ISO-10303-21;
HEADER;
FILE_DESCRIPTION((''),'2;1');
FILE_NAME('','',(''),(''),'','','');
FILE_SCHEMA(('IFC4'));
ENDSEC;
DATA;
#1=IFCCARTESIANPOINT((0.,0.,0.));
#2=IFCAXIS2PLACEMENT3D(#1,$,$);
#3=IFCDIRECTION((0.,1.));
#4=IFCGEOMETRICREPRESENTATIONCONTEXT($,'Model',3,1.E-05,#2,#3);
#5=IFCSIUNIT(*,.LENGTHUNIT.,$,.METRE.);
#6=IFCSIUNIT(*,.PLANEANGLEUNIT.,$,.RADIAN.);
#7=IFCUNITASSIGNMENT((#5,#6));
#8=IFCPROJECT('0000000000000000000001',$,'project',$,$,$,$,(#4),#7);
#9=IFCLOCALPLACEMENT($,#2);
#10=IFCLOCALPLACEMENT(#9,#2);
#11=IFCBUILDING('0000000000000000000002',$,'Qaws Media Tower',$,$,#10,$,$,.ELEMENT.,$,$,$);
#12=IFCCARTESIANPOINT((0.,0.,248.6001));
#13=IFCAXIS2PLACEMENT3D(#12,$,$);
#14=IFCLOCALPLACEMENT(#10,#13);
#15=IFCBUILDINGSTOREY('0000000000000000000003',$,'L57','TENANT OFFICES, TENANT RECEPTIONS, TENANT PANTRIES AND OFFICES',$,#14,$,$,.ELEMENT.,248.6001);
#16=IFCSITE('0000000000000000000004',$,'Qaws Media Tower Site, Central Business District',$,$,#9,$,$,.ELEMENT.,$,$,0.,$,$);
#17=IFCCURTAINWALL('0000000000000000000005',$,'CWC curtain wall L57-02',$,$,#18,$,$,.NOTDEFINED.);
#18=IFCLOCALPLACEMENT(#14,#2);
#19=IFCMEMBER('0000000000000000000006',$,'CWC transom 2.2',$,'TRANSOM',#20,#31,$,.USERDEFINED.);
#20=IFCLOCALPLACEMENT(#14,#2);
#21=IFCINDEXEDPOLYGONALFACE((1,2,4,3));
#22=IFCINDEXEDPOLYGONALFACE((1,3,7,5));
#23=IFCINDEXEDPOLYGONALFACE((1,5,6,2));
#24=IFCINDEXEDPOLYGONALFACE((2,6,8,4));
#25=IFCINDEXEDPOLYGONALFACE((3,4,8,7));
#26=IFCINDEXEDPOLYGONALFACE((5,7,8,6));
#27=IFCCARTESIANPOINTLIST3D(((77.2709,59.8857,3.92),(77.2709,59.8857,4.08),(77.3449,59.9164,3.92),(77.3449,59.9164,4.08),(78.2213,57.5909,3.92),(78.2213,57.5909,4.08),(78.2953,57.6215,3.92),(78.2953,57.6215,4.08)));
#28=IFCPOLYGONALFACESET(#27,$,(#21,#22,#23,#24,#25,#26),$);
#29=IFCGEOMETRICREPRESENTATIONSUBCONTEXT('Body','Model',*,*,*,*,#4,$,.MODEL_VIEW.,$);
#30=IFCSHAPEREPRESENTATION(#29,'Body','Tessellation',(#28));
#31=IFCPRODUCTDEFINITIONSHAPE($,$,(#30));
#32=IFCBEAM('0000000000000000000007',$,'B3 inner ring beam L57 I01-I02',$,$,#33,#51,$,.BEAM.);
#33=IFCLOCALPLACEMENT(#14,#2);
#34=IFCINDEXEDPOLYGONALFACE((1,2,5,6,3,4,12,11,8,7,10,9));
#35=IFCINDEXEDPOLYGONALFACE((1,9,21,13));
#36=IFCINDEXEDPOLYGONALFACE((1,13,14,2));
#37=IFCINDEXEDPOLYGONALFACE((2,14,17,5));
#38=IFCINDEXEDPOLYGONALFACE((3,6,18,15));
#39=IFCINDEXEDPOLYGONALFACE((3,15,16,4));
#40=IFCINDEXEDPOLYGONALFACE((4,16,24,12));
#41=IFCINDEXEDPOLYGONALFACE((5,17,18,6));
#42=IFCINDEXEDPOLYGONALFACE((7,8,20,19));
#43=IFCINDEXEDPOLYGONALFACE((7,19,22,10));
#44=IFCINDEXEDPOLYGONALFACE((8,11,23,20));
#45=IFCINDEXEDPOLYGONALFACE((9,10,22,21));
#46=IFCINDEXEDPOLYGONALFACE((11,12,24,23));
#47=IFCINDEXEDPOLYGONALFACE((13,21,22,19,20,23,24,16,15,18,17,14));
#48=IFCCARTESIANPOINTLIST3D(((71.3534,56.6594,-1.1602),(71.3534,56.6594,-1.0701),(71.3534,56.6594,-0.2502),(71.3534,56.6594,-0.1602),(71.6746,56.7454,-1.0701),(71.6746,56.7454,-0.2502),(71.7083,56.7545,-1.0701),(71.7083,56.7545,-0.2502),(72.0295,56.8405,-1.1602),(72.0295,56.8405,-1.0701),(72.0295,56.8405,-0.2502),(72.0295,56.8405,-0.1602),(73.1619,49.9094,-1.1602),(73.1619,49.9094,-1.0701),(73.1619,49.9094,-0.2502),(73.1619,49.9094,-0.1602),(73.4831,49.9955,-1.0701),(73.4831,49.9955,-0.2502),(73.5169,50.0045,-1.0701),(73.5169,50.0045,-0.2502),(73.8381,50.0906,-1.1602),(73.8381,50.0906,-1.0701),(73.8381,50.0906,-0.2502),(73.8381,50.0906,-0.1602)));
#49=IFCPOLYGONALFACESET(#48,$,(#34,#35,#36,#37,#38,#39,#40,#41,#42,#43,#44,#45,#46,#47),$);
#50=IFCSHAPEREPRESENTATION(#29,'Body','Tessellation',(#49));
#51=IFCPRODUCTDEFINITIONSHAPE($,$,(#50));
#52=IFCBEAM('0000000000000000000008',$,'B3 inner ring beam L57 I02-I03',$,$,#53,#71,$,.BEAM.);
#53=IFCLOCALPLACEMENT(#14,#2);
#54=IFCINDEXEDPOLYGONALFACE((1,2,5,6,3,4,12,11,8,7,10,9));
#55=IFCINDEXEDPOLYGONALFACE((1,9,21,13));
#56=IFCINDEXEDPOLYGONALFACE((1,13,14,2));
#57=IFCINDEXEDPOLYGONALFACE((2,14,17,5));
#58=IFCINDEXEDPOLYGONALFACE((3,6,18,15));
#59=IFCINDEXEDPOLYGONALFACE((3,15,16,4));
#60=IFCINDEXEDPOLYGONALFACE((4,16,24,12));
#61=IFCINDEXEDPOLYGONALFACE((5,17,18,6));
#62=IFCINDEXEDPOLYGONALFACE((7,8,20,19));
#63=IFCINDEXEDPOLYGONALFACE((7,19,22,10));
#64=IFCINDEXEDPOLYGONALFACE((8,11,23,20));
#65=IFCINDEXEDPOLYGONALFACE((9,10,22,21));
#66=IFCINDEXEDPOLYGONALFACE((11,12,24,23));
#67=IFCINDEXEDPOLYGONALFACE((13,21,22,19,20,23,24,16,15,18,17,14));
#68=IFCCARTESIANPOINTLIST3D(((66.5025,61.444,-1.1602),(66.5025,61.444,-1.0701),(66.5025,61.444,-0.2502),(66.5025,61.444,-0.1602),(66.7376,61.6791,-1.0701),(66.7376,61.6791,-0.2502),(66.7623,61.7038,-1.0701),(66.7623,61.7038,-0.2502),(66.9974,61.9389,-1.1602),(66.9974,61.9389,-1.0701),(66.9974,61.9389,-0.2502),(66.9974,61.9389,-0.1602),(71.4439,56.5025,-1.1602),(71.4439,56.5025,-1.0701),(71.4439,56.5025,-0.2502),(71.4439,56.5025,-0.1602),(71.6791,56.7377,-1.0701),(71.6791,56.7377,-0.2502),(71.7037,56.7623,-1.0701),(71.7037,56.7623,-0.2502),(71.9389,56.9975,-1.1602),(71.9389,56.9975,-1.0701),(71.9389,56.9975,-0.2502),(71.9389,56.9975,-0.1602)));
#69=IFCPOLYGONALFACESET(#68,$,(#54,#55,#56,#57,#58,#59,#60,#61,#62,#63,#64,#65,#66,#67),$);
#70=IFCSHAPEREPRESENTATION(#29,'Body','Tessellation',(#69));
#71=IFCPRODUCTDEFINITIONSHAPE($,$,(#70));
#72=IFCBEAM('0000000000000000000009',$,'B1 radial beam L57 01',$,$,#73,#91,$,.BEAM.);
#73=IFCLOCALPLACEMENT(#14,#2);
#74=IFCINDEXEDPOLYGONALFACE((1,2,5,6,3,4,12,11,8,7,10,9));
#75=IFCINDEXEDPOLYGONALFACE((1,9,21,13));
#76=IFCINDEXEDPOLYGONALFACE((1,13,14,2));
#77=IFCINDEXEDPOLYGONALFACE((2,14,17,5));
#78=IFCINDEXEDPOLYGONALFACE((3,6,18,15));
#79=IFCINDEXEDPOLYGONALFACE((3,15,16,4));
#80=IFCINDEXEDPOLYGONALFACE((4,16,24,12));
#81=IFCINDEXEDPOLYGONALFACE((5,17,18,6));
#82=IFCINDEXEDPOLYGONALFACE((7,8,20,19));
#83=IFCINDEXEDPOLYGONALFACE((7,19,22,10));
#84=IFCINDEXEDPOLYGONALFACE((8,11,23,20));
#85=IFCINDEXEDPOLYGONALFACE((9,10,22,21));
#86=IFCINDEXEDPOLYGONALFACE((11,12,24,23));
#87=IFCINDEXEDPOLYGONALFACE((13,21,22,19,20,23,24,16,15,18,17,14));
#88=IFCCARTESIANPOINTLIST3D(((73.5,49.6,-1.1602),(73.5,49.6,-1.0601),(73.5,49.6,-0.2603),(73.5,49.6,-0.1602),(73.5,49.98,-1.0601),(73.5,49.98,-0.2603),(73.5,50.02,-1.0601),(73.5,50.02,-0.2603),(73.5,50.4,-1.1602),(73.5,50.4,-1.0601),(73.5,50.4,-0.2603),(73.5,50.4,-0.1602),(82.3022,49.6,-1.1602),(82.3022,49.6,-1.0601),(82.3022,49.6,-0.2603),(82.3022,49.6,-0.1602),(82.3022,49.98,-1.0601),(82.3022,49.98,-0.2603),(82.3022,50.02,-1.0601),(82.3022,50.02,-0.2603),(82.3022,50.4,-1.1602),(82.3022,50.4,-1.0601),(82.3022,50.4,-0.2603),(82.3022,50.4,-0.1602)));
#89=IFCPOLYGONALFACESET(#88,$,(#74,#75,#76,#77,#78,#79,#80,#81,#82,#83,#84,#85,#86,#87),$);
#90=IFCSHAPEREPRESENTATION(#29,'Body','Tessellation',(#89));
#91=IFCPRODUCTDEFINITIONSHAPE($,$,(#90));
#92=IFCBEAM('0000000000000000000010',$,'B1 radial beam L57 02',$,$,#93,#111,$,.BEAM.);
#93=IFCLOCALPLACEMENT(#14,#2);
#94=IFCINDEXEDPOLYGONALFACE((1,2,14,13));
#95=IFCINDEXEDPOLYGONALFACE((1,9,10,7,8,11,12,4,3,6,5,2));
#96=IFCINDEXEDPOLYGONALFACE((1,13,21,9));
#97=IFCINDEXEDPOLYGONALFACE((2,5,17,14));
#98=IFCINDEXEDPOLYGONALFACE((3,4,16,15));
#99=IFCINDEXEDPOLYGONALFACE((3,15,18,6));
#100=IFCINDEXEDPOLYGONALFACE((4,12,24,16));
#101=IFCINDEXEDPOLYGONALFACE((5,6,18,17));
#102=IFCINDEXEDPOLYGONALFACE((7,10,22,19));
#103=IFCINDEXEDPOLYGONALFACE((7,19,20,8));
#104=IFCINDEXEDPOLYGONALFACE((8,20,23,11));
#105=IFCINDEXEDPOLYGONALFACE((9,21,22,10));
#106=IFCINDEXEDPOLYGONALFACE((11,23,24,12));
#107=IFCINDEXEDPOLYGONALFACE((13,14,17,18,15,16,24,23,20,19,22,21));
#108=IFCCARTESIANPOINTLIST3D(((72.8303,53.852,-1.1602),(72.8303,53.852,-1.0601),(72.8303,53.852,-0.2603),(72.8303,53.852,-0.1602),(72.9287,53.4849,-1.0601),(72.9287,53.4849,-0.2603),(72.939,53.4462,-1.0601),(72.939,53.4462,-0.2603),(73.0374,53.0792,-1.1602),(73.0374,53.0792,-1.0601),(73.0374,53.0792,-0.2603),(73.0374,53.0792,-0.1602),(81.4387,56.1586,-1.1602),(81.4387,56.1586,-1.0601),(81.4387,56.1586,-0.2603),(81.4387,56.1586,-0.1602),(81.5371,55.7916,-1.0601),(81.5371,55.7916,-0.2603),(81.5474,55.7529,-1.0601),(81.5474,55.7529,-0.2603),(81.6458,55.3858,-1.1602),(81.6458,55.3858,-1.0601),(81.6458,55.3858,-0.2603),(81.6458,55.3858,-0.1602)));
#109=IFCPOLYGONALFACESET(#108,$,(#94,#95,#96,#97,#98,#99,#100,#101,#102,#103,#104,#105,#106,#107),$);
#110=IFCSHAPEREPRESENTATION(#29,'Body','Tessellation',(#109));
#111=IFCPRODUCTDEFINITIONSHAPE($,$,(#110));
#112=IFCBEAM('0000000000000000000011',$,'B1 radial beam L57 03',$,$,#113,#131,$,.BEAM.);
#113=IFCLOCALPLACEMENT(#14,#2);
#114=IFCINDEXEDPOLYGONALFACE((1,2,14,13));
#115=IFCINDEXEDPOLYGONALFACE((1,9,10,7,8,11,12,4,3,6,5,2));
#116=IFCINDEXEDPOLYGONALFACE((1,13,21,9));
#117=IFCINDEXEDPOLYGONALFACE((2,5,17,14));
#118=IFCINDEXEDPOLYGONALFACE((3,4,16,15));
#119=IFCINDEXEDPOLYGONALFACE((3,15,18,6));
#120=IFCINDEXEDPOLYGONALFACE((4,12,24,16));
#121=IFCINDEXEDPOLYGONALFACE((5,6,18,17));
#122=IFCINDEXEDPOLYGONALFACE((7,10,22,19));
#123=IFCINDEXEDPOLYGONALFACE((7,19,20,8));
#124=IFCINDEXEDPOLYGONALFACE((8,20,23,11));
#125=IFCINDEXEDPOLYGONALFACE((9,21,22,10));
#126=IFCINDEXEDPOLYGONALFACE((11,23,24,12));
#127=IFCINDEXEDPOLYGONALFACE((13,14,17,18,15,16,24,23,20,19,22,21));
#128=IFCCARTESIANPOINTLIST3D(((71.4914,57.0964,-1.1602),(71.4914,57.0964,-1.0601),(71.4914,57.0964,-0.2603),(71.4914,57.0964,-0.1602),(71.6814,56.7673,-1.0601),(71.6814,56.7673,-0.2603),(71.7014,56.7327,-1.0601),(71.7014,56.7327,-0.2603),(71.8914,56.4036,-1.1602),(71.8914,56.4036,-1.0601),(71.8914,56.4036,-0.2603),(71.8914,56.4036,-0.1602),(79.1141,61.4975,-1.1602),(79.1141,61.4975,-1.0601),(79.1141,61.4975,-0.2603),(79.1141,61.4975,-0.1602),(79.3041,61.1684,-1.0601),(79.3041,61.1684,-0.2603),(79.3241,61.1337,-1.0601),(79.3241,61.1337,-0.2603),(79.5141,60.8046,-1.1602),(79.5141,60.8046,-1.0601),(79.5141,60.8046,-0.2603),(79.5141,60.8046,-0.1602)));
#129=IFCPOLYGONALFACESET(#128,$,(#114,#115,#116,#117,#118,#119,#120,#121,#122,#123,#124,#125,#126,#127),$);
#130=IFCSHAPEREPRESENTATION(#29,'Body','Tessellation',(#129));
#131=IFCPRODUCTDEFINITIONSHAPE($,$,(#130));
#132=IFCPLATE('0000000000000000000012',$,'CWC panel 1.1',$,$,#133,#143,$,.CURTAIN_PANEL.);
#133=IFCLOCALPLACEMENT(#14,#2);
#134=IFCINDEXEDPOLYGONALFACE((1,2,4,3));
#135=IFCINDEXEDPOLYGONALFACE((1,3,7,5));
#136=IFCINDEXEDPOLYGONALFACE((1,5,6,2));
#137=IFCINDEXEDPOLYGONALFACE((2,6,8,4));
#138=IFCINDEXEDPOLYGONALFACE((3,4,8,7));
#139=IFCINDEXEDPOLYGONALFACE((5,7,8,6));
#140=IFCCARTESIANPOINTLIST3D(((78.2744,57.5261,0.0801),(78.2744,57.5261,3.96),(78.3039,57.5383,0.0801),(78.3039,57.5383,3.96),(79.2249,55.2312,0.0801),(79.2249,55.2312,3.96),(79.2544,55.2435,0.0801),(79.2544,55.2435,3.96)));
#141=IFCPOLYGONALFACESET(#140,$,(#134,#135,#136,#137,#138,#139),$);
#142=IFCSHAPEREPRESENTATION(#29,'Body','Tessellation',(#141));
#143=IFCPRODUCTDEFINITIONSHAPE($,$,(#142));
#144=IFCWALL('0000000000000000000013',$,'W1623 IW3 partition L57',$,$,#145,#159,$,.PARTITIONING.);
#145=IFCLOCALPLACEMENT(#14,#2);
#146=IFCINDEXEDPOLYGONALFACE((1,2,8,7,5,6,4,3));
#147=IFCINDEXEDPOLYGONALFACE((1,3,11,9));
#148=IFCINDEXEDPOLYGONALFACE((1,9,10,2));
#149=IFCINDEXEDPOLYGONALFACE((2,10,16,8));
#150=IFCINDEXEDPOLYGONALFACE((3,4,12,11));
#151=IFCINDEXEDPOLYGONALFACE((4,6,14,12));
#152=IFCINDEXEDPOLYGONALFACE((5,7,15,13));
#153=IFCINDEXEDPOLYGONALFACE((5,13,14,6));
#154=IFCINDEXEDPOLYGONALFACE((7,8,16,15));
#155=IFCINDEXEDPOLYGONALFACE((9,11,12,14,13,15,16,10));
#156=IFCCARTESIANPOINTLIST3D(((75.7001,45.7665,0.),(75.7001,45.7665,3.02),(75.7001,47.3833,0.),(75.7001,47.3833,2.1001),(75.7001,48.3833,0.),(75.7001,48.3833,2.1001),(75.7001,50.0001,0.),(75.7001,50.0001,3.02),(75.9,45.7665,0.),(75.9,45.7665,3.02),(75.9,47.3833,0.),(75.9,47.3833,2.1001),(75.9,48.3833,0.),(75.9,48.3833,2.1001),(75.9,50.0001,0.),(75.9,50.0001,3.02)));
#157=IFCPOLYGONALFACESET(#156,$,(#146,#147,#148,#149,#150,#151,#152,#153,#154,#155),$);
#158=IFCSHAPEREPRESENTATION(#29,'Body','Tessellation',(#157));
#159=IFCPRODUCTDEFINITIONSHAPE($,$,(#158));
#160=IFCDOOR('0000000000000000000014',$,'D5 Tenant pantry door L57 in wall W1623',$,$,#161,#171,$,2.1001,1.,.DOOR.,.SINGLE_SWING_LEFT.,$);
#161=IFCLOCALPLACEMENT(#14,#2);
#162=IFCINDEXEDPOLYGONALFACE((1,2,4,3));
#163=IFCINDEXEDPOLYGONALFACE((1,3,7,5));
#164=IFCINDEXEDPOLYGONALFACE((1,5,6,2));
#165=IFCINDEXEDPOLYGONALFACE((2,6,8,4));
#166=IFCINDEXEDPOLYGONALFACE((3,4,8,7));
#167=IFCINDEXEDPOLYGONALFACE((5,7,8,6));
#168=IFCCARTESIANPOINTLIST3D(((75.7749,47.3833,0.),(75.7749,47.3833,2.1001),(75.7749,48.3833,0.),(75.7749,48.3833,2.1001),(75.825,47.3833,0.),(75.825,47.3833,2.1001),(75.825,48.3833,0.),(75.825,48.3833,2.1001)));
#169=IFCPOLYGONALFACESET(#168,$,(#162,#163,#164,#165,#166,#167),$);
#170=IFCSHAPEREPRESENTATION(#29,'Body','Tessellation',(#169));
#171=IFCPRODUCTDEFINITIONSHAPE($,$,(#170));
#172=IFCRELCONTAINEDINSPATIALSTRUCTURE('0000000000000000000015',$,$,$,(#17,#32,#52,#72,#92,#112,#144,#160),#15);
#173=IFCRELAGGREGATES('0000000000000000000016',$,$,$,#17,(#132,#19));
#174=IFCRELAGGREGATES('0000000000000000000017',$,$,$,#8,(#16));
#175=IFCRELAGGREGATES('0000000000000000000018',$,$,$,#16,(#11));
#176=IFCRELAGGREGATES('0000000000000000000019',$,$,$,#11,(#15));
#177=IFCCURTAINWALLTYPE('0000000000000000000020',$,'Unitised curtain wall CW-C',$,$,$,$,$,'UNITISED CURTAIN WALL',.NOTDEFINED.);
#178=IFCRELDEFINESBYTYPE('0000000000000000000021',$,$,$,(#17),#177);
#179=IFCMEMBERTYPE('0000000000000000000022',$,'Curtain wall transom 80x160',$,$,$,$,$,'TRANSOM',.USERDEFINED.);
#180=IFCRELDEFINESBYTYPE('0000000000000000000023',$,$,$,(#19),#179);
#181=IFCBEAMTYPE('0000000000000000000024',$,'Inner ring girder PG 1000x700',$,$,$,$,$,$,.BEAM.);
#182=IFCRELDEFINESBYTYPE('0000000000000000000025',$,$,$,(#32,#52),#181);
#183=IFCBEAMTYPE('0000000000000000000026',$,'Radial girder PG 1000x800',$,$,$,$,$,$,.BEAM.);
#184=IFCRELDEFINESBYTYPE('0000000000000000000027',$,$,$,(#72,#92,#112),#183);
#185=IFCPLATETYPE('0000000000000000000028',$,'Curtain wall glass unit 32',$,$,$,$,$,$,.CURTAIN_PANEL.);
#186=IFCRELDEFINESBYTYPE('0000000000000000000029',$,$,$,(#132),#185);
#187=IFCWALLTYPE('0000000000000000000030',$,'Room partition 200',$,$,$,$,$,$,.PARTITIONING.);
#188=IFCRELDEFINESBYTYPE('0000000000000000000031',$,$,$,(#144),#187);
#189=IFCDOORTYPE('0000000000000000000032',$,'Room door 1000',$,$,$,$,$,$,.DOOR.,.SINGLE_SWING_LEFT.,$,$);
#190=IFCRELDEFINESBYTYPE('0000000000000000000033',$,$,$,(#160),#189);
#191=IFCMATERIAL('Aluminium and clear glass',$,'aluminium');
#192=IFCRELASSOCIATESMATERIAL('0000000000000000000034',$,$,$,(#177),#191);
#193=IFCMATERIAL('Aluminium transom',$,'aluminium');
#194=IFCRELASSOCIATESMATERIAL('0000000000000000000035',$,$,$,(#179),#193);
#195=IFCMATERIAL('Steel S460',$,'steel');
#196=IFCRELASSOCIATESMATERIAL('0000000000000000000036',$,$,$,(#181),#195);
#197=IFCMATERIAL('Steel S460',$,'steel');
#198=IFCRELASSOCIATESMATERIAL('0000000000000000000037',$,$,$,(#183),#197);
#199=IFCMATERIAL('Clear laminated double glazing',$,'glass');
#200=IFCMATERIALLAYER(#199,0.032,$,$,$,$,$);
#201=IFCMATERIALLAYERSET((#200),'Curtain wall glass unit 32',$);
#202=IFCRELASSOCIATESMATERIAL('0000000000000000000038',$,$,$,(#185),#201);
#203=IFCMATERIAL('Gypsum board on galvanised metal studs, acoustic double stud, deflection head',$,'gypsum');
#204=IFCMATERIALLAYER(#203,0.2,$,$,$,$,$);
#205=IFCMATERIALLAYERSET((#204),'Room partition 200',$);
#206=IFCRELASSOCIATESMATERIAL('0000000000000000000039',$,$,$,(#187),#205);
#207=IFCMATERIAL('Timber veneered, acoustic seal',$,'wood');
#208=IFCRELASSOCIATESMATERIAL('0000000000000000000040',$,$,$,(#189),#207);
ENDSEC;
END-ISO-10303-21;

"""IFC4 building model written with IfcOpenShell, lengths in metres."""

from ifc_helpers import new_model, si_unit, direction, frame, frame_2d, origin, origin_2d, place, context, subcontext, project, spatial, rectangle, i_section, extrude, material, layer, layer_set, material_profile, profile_set, type_object, element, fill, aggregate, save


model = new_model("IFC4")

# Units and contexts
model_context = context("Model", 3, precision=1e-05, world=origin(), true_north=direction((0.0, 1.0)))
body_context = subcontext(model_context, "Body", "Model", "MODEL_VIEW")
ifc_project = project(units=[si_unit("LENGTHUNIT", "METRE"), si_unit("PLANEANGLEUNIT", "RADIAN")], contexts=[model_context])

# Site, building, storey
site_placement = place(None, origin())
site = spatial("IfcSite", under=ifc_project, at=site_placement, Name="Qaws Media Tower Site, Central Business District", CompositionType="ELEMENT", RefElevation=0.0)
building_placement = place(site_placement, origin())
building = spatial("IfcBuilding", under=site, at=building_placement, Name="Qaws Media Tower", CompositionType="ELEMENT")
storey_placement = place(building_placement, frame((0.0, 0.0, 248.6001)))
storey = spatial("IfcBuildingStorey", under=building, at=storey_placement, Name="L57", Description="TENANT OFFICES, TENANT RECEPTIONS, TENANT PANTRIES AND OFFICES", CompositionType="ELEMENT", Elevation=248.6001)

# Curtain wall, member
ifc_material_1 = material(Name="Aluminium and clear glass", Category="aluminium")
curtain_wall_type = type_object("IfcCurtainWallType", Name="Unitised curtain wall CW-C", ElementType="UNITISED CURTAIN WALL", PredefinedType="NOTDEFINED", material=ifc_material_1)
curtain_wall_placement = place(storey_placement, origin())
curtain_wall = element("IfcCurtainWall", 1, at=curtain_wall_placement, inside=storey, type_object=curtain_wall_type, Name="CWC curtain wall L57-02", PredefinedType="NOTDEFINED")
ifc_material_2 = material(Name="Aluminium transom", Category="aluminium")
ifc_material_profile_1 = material_profile(ifc_material_2, rectangle(XDim=0.0801, YDim=0.1599, at=origin_2d()), Name="80x160")
ifc_profile_set_1 = profile_set([ifc_material_profile_1], Name="Aluminium transom")
member_type_1 = type_object("IfcMemberType", Name="Curtain wall transom 80x160", ElementType="TRANSOM", PredefinedType="USERDEFINED", material=ifc_profile_set_1)
member_1_placement = place(storey_placement, frame((78.2583, 57.6062, 4.0), z_axis=(-0.382632, 0.923901, 0.0), x_axis=(-0.923901, -0.382632, 0.0)))
member_1 = element("IfcMember", 2, at=member_1_placement, type_object=member_type_1, Name="CWC transom 2.2", ObjectType="TRANSOM", PredefinedType="USERDEFINED", context=body_context, shape_type="SweptSolid", body=[
    extrude(rectangle(XDim=0.0801, YDim=0.1599, at=origin_2d()), origin(), (0.0, 0.0, 1.0), 2.4839),
])

# Beams
ifc_material_3 = material(Name="Steel S460", Category="steel")
ifc_material_profile_2 = material_profile(ifc_material_3, i_section(OverallWidth=0.7, OverallDepth=1.0, WebThickness=0.0349, FlangeThickness=0.0901, at=origin_2d()), Name="PG 1000x700")
ifc_profile_set_2 = profile_set([ifc_material_profile_2], Name="Steel S460")
beam_type_1 = type_object("IfcBeamType", Name="Inner ring girder PG 1000x700", PredefinedType="BEAM", material=ifc_profile_set_2)
beam_1_placement = place(storey_placement, frame((73.5, 50.0, -0.6602), z_axis=(-0.258811, 0.965928, 0.0), x_axis=(-0.965928, -0.258811, 0.0)))
element("IfcBeam", 3, at=beam_1_placement, inside=storey, type_object=beam_type_1, Name="B3 inner ring beam L57 I01-I02", PredefinedType="BEAM", context=body_context, shape_type="SweptSolid", body=[
    extrude(i_section(OverallWidth=0.7, OverallDepth=1.0, WebThickness=0.0349, FlangeThickness=0.0901, at=origin_2d()), origin(), (0.0, 0.0, 1.0), 6.988),
])
beam_2_placement = place(storey_placement, frame((71.6914, 56.75, -0.6602), z_axis=(-0.707107, 0.707107, 0.0), x_axis=(-0.707107, -0.707107, 0.0)))
element("IfcBeam", 4, at=beam_2_placement, inside=storey, type_object=beam_type_1, Name="B3 inner ring beam L57 I02-I03", PredefinedType="BEAM", context=body_context, shape_type="SweptSolid", body=[
    extrude(i_section(OverallWidth=0.7, OverallDepth=1.0, WebThickness=0.0349, FlangeThickness=0.0901, at=origin_2d()), origin(), (0.0, 0.0, 1.0), 6.9883),
])
ifc_material_4 = material(Name="Steel S460", Category="steel")
ifc_material_profile_3 = material_profile(ifc_material_4, i_section(OverallWidth=0.8, OverallDepth=1.0, WebThickness=0.04, FlangeThickness=0.1001, at=origin_2d()), Name="PG 1000x800")
ifc_profile_set_3 = profile_set([ifc_material_profile_3], Name="Steel S460")
beam_type_2 = type_object("IfcBeamType", Name="Radial girder PG 1000x800", PredefinedType="BEAM", material=ifc_profile_set_3)
beam_3_placement = place(storey_placement, frame((73.5, 50.0, -0.6602), z_axis=(1.0, 0.0, 0.0), x_axis=(0.0, 1.0, 0.0)))
element("IfcBeam", 5, at=beam_3_placement, inside=storey, type_object=beam_type_2, Name="B1 radial beam L57 01", PredefinedType="BEAM", context=body_context, shape_type="SweptSolid", body=[
    extrude(i_section(OverallWidth=0.8, OverallDepth=1.0, WebThickness=0.04, FlangeThickness=0.1001, at=origin_2d()), origin(), (0.0, 0.0, 1.0), 8.8022),
])
beam_4_placement = place(storey_placement, frame((72.9338, 53.4656, -0.6602), z_axis=(0.965925, 0.258822, 0.0), x_axis=(-0.258822, 0.965925, 0.0)))
element("IfcBeam", 6, at=beam_4_placement, inside=storey, type_object=beam_type_2, Name="B1 radial beam L57 02", PredefinedType="BEAM", context=body_context, shape_type="SweptSolid", body=[
    extrude(i_section(OverallWidth=0.8, OverallDepth=1.0, WebThickness=0.04, FlangeThickness=0.1001, at=origin_2d()), origin(), (0.0, 0.0, 1.0), 8.9121),
])
beam_5_placement = place(storey_placement, frame((71.6914, 56.75, -0.6602), z_axis=(0.866021, 0.500008, 0.0), x_axis=(-0.500008, 0.866021, 0.0)))
element("IfcBeam", 7, at=beam_5_placement, inside=storey, type_object=beam_type_2, Name="B1 radial beam L57 03", PredefinedType="BEAM", context=body_context, shape_type="SweptSolid", body=[
    extrude(i_section(OverallWidth=0.8, OverallDepth=1.0, WebThickness=0.04, FlangeThickness=0.1001, at=origin_2d()), origin(), (0.0, 0.0, 1.0), 8.802),
])

# Plate
ifc_material_5 = material(Name="Clear laminated double glazing", Category="glass")
ifc_layer_1 = layer(ifc_material_5, 0.032)
ifc_layer_set_1 = layer_set([ifc_layer_1], Name="Curtain wall glass unit 32")
plate_type = type_object("IfcPlateType", Name="Curtain wall glass unit 32", PredefinedType="CURTAIN_PANEL", material=ifc_layer_set_1)
plate_placement = place(storey_placement, frame((78.7644, 56.3848, 0.0801), z_axis=(0.0, 0.0, 1.0), x_axis=(-0.382683, 0.92388, 0.0)))
plate = element("IfcPlate", 8, at=plate_placement, type_object=plate_type, Name="CWC panel 1.1", PredefinedType="CURTAIN_PANEL", context=body_context, shape_type="SweptSolid", body=[
    extrude(rectangle(XDim=2.4839, YDim=0.032, at=origin_2d()), origin(), (0.0, 0.0, 1.0), 3.8799),
])
aggregate(curtain_wall, [plate, member_1])

# Wall, opening, door
ifc_material_6 = material(Name="Gypsum board on galvanised metal studs, acoustic double stud, deflection head", Category="gypsum")
ifc_layer_2 = layer(ifc_material_6, 0.2)
ifc_layer_set_2 = layer_set([ifc_layer_2], Name="Room partition 200")
wall_type = type_object("IfcWallType", Name="Room partition 200", PredefinedType="PARTITIONING", material=ifc_layer_set_2)
wall_1_placement = place(storey_placement, frame((75.8, 50.0, 0.0), z_axis=(0.0, 0.0, 1.0), x_axis=(0.0, -1.0, 0.0)))
wall_1 = element("IfcWall", 9, at=wall_1_placement, inside=storey, type_object=wall_type, Name="W1623 IW3 partition L57", PredefinedType="PARTITIONING", context=body_context, shape_type="SweptSolid", body=[
    extrude(rectangle(XDim=4.2336, YDim=0.2, at=frame_2d((2.1167, 0.0))), origin(), (0.0, 0.0, 1.0), 3.02),
])
opening_1_placement = place(wall_1_placement, frame((1.6167, 0.0, 0.0)))
opening_1 = element("IfcOpeningElement", 10, at=opening_1_placement, cuts=wall_1, PredefinedType="OPENING", context=body_context, shape_type="SweptSolid", body=[
    extrude(rectangle(XDim=1.0, YDim=2.1001, at=frame_2d((0.5, 1.05))), frame((0.0, 0.1099, 0.0), z_axis=(0.0, -1.0, 0.0), x_axis=(1.0, 0.0, 0.0)), (0.0, 0.0, 1.0), 0.22),
])
ifc_material_7 = material(Name="Timber veneered, acoustic seal", Category="wood")
door_type_1 = type_object("IfcDoorType", Name="Room door 1000", OperationType="SINGLE_SWING_LEFT", PredefinedType="DOOR", material=ifc_material_7)
door_1_placement = place(opening_1_placement, origin())
door_1 = element("IfcDoor", 11, at=door_1_placement, inside=storey, type_object=door_type_1, Name="D5 Tenant pantry door L57 in wall W1623", OperationType="SINGLE_SWING_LEFT", OverallHeight=2.1001, OverallWidth=1.0, PredefinedType="DOOR", context=body_context, shape_type="SweptSolid", body=[
    extrude(rectangle(XDim=1.0, YDim=2.1001, at=frame_2d((0.5, 1.05))), frame((0.0, 0.0249, 0.0), z_axis=(0.0, -1.0, 0.0), x_axis=(1.0, 0.0, 0.0)), (0.0, 0.0, 1.0), 0.05),
])
fill(opening_1, door_1)

save(model, "model.ifc")
